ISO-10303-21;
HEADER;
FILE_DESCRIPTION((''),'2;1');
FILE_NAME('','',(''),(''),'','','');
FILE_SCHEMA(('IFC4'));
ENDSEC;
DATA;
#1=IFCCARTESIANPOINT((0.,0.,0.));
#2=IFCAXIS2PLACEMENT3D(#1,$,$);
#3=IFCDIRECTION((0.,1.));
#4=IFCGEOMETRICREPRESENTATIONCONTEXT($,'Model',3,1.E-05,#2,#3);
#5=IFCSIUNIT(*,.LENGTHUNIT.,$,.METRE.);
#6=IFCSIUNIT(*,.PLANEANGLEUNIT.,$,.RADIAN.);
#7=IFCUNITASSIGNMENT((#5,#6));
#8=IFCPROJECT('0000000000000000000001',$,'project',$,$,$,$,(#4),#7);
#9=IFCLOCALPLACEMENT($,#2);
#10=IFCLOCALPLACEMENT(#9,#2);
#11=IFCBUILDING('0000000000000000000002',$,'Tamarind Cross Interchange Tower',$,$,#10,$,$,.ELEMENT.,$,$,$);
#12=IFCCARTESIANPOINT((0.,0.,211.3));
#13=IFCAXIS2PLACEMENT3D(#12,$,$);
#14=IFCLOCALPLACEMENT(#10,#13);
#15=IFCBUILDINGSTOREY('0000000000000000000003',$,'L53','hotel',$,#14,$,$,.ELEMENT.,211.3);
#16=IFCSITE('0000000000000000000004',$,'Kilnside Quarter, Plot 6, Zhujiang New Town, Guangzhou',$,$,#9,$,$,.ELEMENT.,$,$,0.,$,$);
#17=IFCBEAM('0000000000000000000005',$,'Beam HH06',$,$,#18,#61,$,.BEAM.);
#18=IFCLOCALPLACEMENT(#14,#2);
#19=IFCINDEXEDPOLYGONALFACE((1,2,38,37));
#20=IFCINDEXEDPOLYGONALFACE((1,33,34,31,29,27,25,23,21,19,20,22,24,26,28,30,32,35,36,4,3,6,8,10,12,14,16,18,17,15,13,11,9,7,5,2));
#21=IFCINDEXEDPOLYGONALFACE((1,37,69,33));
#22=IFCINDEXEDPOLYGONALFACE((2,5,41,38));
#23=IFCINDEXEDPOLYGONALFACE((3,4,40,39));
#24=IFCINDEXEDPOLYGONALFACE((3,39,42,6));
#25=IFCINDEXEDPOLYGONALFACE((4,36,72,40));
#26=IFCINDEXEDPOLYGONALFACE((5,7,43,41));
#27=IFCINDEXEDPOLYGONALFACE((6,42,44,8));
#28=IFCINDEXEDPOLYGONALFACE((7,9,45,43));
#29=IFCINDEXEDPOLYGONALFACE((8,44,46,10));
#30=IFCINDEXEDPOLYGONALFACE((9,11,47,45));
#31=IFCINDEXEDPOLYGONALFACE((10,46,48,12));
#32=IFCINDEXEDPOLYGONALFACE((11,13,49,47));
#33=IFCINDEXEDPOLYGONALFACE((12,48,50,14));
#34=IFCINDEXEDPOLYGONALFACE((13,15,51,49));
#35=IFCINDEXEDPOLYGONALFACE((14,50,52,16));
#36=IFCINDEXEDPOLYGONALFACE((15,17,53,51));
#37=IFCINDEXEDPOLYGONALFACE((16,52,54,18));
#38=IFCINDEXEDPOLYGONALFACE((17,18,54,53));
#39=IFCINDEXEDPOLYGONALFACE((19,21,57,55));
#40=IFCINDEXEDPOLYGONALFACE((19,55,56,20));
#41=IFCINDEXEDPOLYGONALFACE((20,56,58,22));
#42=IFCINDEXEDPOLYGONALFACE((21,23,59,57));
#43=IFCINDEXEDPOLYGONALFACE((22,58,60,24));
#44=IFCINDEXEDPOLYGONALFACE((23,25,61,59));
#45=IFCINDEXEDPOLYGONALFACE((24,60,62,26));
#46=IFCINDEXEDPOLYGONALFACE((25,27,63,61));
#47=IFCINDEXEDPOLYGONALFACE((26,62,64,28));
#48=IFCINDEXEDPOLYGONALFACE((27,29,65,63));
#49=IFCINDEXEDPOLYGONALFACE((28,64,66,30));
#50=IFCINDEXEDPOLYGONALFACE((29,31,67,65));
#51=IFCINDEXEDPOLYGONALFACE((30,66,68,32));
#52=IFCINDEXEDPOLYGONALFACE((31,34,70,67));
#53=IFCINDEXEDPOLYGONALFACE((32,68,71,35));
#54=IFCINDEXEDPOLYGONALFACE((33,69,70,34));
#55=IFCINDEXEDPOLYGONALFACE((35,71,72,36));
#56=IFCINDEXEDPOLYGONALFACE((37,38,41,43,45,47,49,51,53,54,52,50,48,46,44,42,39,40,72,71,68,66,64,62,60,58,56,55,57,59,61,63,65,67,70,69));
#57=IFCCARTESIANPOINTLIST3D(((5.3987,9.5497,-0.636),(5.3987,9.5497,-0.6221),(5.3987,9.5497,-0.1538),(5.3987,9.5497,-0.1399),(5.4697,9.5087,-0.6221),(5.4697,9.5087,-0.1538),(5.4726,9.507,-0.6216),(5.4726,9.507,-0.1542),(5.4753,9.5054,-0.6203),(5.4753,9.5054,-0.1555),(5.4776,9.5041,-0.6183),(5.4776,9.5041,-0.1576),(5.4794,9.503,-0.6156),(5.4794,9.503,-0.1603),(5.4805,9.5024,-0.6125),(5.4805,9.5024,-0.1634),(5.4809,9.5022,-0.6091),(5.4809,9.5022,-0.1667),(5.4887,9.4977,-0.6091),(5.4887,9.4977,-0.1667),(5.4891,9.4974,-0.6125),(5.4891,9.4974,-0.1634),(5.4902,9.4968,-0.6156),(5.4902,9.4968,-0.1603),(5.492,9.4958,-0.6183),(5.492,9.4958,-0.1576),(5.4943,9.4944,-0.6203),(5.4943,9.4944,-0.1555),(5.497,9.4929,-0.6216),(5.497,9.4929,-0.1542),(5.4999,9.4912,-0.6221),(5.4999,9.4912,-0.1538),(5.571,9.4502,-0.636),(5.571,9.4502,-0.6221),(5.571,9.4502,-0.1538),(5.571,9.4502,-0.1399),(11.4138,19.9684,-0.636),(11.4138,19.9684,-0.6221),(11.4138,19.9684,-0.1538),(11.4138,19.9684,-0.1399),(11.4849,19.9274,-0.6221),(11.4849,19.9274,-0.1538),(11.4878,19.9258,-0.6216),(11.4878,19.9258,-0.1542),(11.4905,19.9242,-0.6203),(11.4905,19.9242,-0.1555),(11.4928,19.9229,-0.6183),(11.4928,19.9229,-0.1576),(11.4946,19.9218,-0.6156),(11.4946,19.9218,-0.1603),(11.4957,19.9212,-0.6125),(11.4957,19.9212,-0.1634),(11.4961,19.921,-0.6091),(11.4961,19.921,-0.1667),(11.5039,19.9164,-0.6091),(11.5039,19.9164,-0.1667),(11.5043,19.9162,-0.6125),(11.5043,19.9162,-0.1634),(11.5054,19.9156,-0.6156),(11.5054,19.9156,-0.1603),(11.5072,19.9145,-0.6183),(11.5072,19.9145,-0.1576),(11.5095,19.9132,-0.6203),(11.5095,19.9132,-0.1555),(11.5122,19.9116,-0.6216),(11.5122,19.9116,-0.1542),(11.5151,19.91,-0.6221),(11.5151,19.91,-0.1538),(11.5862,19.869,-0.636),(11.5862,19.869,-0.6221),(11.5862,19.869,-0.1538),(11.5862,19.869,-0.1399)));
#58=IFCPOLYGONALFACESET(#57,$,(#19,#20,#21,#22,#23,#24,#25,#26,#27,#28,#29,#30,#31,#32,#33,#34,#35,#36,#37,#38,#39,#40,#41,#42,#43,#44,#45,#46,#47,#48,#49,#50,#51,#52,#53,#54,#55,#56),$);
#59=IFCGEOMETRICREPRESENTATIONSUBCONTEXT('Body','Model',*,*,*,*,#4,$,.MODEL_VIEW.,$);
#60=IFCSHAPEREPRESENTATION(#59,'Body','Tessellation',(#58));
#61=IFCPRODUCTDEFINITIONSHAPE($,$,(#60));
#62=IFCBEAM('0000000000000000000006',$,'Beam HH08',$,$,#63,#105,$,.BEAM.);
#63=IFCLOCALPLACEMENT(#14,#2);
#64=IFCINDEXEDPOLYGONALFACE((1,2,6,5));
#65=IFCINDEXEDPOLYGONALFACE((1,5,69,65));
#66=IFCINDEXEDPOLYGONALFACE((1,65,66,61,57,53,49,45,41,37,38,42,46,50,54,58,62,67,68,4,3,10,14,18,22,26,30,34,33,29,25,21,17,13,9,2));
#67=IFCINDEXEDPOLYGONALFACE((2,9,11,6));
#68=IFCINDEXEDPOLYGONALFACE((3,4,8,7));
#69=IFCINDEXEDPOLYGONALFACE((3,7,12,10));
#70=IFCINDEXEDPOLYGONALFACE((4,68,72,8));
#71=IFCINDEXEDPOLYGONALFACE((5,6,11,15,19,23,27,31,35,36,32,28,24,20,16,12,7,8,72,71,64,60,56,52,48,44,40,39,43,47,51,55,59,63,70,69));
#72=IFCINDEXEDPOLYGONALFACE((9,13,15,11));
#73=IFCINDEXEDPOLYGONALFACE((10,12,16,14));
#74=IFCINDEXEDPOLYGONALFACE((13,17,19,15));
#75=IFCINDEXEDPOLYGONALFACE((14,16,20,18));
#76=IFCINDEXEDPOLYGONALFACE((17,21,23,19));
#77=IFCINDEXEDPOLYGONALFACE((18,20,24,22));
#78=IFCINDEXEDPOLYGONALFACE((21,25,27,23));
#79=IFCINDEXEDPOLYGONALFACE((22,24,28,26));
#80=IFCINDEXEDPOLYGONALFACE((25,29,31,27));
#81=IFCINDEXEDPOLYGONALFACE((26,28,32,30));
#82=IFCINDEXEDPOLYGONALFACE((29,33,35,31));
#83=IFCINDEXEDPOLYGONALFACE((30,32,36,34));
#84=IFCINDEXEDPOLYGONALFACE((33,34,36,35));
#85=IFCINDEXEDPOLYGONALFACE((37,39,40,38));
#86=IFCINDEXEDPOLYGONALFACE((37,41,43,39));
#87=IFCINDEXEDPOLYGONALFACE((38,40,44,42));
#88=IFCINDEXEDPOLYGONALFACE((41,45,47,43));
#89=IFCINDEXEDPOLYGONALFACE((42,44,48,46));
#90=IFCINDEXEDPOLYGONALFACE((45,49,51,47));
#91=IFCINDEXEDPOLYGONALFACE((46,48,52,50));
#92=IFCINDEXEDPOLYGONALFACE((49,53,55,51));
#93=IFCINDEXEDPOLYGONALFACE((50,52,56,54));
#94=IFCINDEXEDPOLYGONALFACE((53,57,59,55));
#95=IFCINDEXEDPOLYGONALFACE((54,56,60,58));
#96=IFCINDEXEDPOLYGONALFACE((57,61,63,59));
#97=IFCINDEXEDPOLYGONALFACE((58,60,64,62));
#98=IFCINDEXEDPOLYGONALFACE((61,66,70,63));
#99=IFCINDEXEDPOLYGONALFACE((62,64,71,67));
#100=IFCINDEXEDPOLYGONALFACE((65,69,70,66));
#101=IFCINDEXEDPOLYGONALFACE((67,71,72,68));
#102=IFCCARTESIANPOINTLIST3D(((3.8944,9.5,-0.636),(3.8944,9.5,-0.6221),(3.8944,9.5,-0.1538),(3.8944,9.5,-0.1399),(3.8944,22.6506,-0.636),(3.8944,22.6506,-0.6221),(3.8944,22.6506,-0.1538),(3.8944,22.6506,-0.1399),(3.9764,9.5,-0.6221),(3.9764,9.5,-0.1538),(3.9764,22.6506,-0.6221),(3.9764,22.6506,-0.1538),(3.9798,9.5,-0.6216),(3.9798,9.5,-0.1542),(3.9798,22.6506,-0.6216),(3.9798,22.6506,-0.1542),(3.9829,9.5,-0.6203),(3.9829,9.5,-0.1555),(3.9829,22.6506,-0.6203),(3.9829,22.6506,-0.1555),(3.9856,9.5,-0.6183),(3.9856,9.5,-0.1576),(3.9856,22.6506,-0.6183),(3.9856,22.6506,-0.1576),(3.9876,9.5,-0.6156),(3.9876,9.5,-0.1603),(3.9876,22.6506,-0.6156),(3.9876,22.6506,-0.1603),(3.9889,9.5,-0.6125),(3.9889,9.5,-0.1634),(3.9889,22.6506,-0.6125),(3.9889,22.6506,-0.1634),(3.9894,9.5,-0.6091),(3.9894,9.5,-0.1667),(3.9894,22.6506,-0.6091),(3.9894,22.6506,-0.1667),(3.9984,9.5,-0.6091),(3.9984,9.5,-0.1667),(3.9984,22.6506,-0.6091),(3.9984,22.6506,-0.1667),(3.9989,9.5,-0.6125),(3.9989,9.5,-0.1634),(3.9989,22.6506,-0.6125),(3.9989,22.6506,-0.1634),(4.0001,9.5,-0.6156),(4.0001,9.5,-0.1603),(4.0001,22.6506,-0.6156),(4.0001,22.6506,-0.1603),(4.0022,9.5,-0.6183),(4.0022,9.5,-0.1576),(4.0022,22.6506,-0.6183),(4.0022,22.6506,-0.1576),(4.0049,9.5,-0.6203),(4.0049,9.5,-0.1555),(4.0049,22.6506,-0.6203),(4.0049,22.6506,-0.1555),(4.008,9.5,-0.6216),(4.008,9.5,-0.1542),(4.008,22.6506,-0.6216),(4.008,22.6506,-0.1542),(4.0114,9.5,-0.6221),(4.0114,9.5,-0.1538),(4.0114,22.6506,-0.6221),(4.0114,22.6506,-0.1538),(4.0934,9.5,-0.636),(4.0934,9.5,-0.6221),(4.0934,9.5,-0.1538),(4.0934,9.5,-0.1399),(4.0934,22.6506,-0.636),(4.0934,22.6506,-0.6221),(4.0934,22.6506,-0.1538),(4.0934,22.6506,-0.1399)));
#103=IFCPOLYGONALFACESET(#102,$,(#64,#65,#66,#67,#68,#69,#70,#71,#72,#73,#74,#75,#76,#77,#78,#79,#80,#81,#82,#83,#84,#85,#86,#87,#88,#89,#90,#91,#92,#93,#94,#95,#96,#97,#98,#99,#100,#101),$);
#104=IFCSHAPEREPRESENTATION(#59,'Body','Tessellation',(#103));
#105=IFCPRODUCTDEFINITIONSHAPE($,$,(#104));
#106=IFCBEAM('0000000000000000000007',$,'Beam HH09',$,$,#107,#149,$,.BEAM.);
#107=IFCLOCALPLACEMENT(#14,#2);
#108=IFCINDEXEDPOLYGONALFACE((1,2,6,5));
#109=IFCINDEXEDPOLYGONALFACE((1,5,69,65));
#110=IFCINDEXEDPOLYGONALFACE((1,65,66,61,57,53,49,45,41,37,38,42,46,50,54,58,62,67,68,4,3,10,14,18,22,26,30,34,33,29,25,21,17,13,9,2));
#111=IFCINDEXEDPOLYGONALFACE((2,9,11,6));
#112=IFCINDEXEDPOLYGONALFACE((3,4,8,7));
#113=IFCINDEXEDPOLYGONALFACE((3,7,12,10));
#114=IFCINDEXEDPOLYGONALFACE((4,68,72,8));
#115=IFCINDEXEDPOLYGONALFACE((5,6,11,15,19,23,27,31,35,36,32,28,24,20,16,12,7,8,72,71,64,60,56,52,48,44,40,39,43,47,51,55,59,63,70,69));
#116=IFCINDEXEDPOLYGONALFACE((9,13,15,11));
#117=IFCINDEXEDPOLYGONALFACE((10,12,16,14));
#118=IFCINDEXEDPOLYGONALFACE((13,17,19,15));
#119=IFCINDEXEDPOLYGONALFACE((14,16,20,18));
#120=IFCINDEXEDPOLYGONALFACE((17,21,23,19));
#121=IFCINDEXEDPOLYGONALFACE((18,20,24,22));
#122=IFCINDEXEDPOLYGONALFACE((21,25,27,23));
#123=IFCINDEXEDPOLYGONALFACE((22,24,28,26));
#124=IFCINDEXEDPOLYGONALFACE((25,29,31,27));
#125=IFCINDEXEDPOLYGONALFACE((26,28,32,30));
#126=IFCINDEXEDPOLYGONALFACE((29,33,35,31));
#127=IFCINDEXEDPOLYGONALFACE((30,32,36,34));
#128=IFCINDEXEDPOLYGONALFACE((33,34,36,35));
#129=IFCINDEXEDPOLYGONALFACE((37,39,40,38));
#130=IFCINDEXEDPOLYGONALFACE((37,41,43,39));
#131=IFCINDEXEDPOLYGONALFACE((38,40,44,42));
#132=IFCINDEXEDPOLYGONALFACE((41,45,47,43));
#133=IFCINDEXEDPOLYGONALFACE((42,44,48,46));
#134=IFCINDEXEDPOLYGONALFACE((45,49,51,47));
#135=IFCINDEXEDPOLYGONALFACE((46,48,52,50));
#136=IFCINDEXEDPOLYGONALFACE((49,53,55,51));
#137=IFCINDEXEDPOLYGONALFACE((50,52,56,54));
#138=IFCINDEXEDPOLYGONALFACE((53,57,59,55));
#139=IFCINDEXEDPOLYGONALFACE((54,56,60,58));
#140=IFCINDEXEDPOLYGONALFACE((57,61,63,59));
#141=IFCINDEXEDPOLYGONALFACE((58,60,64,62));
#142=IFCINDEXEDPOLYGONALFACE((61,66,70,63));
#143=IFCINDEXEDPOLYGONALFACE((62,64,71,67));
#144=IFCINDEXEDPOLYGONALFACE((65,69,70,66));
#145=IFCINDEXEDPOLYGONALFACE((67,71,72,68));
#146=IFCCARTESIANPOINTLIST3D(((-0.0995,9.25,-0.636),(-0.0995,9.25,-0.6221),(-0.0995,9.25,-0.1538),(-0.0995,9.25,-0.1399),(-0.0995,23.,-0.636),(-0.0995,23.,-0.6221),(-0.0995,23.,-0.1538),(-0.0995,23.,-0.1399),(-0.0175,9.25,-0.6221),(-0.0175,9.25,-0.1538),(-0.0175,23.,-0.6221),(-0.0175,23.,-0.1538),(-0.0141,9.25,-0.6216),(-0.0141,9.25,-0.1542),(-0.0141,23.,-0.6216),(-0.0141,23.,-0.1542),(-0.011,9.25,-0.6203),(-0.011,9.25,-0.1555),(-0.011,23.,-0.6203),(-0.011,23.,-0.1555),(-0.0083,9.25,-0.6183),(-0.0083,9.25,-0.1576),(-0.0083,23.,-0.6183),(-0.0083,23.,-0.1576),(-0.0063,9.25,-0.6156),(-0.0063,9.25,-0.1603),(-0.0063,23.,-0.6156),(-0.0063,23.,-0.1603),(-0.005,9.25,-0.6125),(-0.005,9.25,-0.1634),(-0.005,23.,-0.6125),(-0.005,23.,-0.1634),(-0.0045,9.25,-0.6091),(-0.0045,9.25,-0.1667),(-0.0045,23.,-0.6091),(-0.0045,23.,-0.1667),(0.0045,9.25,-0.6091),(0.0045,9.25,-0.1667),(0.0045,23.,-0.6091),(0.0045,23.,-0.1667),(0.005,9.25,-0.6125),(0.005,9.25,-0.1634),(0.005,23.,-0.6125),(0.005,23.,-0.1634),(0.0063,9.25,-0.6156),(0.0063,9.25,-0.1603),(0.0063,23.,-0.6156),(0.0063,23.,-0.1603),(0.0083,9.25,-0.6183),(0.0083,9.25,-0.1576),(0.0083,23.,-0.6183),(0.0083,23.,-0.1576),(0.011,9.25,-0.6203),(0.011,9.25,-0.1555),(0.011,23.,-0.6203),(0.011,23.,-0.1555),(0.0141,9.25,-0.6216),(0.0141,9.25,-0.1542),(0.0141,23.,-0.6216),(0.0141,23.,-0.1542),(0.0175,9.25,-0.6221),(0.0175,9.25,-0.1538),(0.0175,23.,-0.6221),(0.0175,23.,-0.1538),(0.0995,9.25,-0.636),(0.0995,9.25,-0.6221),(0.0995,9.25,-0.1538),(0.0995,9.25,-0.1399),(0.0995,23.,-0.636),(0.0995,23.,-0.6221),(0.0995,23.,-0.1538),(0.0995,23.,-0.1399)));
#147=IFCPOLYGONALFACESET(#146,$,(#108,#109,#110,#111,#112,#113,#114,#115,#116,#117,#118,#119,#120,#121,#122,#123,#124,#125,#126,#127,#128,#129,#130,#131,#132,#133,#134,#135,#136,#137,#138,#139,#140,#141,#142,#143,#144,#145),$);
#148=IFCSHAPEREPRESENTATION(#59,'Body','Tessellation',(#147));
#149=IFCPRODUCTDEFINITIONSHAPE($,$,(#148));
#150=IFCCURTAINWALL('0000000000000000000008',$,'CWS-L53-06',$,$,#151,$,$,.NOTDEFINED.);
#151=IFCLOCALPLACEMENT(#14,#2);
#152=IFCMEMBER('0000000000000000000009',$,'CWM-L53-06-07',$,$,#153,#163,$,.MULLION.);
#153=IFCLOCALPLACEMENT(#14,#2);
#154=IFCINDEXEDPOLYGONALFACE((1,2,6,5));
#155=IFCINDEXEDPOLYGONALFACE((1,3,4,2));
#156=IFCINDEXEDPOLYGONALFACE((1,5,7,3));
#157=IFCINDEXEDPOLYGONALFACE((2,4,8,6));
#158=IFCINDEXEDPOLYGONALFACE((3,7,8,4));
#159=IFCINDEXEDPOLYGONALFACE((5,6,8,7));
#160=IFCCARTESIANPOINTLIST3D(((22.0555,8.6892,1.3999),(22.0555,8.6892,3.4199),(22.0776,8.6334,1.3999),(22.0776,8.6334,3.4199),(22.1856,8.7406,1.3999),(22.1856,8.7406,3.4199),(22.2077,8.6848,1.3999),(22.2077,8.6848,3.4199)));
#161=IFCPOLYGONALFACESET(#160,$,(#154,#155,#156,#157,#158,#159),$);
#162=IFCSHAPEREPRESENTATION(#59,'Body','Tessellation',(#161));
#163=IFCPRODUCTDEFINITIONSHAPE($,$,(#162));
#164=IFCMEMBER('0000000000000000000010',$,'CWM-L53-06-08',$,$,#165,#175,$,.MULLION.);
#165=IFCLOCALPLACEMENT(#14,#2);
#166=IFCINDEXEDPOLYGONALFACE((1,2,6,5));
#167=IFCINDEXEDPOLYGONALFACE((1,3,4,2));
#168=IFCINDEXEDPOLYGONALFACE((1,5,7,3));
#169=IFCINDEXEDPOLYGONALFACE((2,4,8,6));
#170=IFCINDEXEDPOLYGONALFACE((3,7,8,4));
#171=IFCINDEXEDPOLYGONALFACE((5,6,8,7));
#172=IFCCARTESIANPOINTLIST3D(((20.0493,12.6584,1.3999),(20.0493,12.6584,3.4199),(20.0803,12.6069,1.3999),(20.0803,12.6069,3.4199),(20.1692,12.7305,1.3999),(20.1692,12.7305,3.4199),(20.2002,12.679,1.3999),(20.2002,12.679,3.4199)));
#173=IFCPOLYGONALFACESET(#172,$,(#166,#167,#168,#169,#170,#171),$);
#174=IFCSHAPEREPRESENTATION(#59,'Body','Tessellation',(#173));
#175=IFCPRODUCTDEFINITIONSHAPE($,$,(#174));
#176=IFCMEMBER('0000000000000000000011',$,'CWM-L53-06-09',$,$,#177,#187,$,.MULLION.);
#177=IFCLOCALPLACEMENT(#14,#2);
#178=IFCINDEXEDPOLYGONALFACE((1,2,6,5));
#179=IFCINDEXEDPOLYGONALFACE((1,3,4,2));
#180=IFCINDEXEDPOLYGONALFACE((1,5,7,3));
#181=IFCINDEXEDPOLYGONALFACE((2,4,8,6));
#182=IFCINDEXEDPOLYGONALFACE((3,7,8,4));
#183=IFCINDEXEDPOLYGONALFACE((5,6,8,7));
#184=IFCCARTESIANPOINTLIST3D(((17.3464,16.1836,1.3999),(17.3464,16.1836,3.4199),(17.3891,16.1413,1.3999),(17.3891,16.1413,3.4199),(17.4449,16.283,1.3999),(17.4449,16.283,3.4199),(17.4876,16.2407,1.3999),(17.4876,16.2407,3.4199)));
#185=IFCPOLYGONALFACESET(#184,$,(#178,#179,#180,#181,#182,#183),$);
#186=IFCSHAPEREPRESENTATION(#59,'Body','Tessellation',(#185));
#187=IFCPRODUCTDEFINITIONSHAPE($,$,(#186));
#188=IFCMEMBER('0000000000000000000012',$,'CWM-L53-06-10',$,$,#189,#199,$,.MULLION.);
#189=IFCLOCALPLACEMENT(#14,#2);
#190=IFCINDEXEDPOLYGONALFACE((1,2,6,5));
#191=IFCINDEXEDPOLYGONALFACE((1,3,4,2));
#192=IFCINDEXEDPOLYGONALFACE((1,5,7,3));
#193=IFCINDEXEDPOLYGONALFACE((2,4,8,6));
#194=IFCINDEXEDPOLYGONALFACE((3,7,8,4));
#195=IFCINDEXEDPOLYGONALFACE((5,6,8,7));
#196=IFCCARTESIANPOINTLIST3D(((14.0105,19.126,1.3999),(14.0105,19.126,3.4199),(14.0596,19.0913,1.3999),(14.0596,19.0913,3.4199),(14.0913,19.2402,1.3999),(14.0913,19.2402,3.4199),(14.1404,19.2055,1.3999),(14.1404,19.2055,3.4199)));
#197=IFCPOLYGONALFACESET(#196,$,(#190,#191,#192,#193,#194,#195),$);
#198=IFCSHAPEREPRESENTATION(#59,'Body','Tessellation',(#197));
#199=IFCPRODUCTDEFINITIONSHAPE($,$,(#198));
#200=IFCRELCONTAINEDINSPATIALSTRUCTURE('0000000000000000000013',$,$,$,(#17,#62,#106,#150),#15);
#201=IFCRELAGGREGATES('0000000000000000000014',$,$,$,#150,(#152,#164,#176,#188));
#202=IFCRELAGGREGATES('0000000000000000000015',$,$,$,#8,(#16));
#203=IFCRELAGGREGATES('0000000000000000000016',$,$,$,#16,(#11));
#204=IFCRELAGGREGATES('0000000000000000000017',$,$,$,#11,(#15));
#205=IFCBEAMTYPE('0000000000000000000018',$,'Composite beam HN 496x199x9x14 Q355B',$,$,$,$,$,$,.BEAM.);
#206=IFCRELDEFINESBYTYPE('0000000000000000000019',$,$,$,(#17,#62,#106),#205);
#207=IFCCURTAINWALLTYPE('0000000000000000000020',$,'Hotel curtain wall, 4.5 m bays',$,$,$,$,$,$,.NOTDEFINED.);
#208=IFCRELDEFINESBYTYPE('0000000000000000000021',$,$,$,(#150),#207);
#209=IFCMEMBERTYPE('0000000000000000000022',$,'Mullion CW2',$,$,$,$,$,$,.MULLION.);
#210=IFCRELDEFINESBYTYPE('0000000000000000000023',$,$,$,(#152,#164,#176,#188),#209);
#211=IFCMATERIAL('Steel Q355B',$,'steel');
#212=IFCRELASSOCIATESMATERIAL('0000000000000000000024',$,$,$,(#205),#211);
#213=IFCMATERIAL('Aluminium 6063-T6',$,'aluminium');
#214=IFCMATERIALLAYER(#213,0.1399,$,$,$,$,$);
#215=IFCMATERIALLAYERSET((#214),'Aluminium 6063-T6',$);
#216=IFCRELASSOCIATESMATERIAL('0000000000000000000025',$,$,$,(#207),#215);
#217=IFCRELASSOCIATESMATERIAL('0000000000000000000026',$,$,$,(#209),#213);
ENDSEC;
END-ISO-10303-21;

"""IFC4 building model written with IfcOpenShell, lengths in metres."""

from ifc_helpers import new_model, si_unit, direction, frame, origin, origin_2d, place, context, subcontext, project, spatial, rectangle, i_section, extrude, material, layer, layer_set, material_profile, profile_set, type_object, element, aggregate, save


model = new_model("IFC4")

# Units and contexts
model_context = context("Model", 3, precision=1e-05, world=origin(), true_north=direction((0.0, 1.0)))
body_context = subcontext(model_context, "Body", "Model", "MODEL_VIEW")
ifc_project = project(units=[si_unit("LENGTHUNIT", "METRE"), si_unit("PLANEANGLEUNIT", "RADIAN")], contexts=[model_context])

# Site, building, storey
site_placement = place(None, origin())
site = spatial("IfcSite", under=ifc_project, at=site_placement, Name="Kilnside Quarter, Plot 6, Zhujiang New Town, Guangzhou", CompositionType="ELEMENT", RefElevation=0.0)
building_placement = place(site_placement, origin())
building = spatial("IfcBuilding", under=site, at=building_placement, Name="Tamarind Cross Interchange Tower", CompositionType="ELEMENT")
storey_placement = place(building_placement, frame((0.0, 0.0, 211.3)))
storey = spatial("IfcBuildingStorey", under=building, at=storey_placement, Name="L53", Description="hotel", CompositionType="ELEMENT", Elevation=211.3)

# Beams
ifc_material_1 = material(Name="Steel Q355B", Category="steel")
ifc_material_profile_1 = material_profile(ifc_material_1, i_section(OverallWidth=0.199, OverallDepth=0.4961, WebThickness=0.009, FlangeThickness=0.0139, FilletRadius=0.0129, at=origin_2d()), Name="HN 496x199x9x14")
ifc_profile_set_1 = profile_set([ifc_material_profile_1], Name="Steel Q355B")
beam_type = type_object("IfcBeamType", Name="Composite beam HN 496x199x9x14 Q355B", PredefinedType="BEAM", material=ifc_profile_set_1)
beam_1_placement = place(storey_placement, frame((11.5, 19.9187, -0.3879), z_axis=(-0.499994, -0.866029, 0.0), x_axis=(0.866029, -0.499994, 0.0)))
element("IfcBeam", 1, at=beam_1_placement, inside=storey, type_object=beam_type, Name="Beam HH06", PredefinedType="BEAM", context=body_context, shape_type="SweptSolid", body=[
    extrude(i_section(OverallWidth=0.199, OverallDepth=0.4961, WebThickness=0.009, FlangeThickness=0.0139, FilletRadius=0.0129, at=origin_2d()), origin(), (0.0, 0.0, 1.0), 12.0305),
])
beam_2_placement = place(storey_placement, frame((3.9939, 22.6506, -0.3879), z_axis=(0.0, -1.0, 0.0), x_axis=(1.0, 0.0, 0.0)))
element("IfcBeam", 2, at=beam_2_placement, inside=storey, type_object=beam_type, Name="Beam HH08", PredefinedType="BEAM", context=body_context, shape_type="SweptSolid", body=[
    extrude(i_section(OverallWidth=0.199, OverallDepth=0.4961, WebThickness=0.009, FlangeThickness=0.0139, FilletRadius=0.0129, at=origin_2d()), origin(), (0.0, 0.0, 1.0), 13.1506),
])
beam_3_placement = place(storey_placement, frame((0.0, 23.0, -0.3879), z_axis=(0.0, -1.0, 0.0), x_axis=(1.0, 0.0, 0.0)))
element("IfcBeam", 3, at=beam_3_placement, inside=storey, type_object=beam_type, Name="Beam HH09", PredefinedType="BEAM", context=body_context, shape_type="SweptSolid", body=[
    extrude(i_section(OverallWidth=0.199, OverallDepth=0.4961, WebThickness=0.009, FlangeThickness=0.0139, FilletRadius=0.0129, at=origin_2d()), origin(), (0.0, 0.0, 1.0), 13.75),
])

# Curtain wall, members
ifc_material_2 = material(Name="Aluminium 6063-T6", Category="aluminium")
ifc_layer_1 = layer(ifc_material_2, 0.1399)
ifc_layer_set_1 = layer_set([ifc_layer_1], Name="Aluminium 6063-T6")
curtain_wall_type = type_object("IfcCurtainWallType", Name="Hotel curtain wall, 4.5 m bays", PredefinedType="NOTDEFINED", material=ifc_layer_set_1)
curtain_wall_1_placement = place(storey_placement, origin())
curtain_wall_1 = element("IfcCurtainWall", 4, at=curtain_wall_1_placement, inside=storey, type_object=curtain_wall_type, Name="CWS-L53-06", PredefinedType="NOTDEFINED")
ifc_material_profile_2 = material_profile(ifc_material_2, rectangle(XDim=0.0601, YDim=0.1399, at=origin_2d()), Name="Mullion CW2")
ifc_profile_set_2 = profile_set([ifc_material_profile_2], Name="Aluminium 6063-T6")
member_type = type_object("IfcMemberType", Name="Mullion CW2", PredefinedType="MULLION", material=ifc_profile_set_2)
member_1_placement = place(storey_placement, frame((22.1316, 8.687, 1.3999), z_axis=(0.0, 0.0, 1.0), x_axis=(-0.367514, 0.930018, 0.0)))
member_1 = element("IfcMember", 5, at=member_1_placement, type_object=member_type, Name="CWM-L53-06-07", PredefinedType="MULLION", context=body_context, shape_type="SweptSolid", body=[
    extrude(rectangle(XDim=0.0601, YDim=0.1399, at=origin_2d()), origin(), (0.0, 0.0, 1.0), 2.02),
])
member_2_placement = place(storey_placement, frame((20.1248, 12.6687, 1.3999), z_axis=(0.0, 0.0, 1.0), x_axis=(-0.515577, 0.856843, 0.0)))
member_2 = element("IfcMember", 6, at=member_2_placement, type_object=member_type, Name="CWM-L53-06-08", PredefinedType="MULLION", context=body_context, shape_type="SweptSolid", body=[
    extrude(rectangle(XDim=0.0601, YDim=0.1399, at=origin_2d()), origin(), (0.0, 0.0, 1.0), 2.02),
])
member_3_placement = place(storey_placement, frame((17.417, 16.2122, 1.3999), z_axis=(0.0, 0.0, 1.0), x_axis=(-0.710143, 0.704057, 0.0)))
member_3 = element("IfcMember", 7, at=member_3_placement, type_object=member_type, Name="CWM-L53-06-09", PredefinedType="MULLION", context=body_context, shape_type="SweptSolid", body=[
    extrude(rectangle(XDim=0.0601, YDim=0.1399, at=origin_2d()), origin(), (0.0, 0.0, 1.0), 2.02),
])
member_4_placement = place(storey_placement, frame((14.0754, 19.1658, 1.3999), z_axis=(0.0, 0.0, 1.0), x_axis=(-0.816342, 0.577569, 0.0)))
member_4 = element("IfcMember", 8, at=member_4_placement, type_object=member_type, Name="CWM-L53-06-10", PredefinedType="MULLION", context=body_context, shape_type="SweptSolid", body=[
    extrude(rectangle(XDim=0.0601, YDim=0.1399, at=origin_2d()), origin(), (0.0, 0.0, 1.0), 2.02),
])
aggregate(curtain_wall_1, [member_1, member_2, member_3, member_4])

save(model, "model.ifc")
